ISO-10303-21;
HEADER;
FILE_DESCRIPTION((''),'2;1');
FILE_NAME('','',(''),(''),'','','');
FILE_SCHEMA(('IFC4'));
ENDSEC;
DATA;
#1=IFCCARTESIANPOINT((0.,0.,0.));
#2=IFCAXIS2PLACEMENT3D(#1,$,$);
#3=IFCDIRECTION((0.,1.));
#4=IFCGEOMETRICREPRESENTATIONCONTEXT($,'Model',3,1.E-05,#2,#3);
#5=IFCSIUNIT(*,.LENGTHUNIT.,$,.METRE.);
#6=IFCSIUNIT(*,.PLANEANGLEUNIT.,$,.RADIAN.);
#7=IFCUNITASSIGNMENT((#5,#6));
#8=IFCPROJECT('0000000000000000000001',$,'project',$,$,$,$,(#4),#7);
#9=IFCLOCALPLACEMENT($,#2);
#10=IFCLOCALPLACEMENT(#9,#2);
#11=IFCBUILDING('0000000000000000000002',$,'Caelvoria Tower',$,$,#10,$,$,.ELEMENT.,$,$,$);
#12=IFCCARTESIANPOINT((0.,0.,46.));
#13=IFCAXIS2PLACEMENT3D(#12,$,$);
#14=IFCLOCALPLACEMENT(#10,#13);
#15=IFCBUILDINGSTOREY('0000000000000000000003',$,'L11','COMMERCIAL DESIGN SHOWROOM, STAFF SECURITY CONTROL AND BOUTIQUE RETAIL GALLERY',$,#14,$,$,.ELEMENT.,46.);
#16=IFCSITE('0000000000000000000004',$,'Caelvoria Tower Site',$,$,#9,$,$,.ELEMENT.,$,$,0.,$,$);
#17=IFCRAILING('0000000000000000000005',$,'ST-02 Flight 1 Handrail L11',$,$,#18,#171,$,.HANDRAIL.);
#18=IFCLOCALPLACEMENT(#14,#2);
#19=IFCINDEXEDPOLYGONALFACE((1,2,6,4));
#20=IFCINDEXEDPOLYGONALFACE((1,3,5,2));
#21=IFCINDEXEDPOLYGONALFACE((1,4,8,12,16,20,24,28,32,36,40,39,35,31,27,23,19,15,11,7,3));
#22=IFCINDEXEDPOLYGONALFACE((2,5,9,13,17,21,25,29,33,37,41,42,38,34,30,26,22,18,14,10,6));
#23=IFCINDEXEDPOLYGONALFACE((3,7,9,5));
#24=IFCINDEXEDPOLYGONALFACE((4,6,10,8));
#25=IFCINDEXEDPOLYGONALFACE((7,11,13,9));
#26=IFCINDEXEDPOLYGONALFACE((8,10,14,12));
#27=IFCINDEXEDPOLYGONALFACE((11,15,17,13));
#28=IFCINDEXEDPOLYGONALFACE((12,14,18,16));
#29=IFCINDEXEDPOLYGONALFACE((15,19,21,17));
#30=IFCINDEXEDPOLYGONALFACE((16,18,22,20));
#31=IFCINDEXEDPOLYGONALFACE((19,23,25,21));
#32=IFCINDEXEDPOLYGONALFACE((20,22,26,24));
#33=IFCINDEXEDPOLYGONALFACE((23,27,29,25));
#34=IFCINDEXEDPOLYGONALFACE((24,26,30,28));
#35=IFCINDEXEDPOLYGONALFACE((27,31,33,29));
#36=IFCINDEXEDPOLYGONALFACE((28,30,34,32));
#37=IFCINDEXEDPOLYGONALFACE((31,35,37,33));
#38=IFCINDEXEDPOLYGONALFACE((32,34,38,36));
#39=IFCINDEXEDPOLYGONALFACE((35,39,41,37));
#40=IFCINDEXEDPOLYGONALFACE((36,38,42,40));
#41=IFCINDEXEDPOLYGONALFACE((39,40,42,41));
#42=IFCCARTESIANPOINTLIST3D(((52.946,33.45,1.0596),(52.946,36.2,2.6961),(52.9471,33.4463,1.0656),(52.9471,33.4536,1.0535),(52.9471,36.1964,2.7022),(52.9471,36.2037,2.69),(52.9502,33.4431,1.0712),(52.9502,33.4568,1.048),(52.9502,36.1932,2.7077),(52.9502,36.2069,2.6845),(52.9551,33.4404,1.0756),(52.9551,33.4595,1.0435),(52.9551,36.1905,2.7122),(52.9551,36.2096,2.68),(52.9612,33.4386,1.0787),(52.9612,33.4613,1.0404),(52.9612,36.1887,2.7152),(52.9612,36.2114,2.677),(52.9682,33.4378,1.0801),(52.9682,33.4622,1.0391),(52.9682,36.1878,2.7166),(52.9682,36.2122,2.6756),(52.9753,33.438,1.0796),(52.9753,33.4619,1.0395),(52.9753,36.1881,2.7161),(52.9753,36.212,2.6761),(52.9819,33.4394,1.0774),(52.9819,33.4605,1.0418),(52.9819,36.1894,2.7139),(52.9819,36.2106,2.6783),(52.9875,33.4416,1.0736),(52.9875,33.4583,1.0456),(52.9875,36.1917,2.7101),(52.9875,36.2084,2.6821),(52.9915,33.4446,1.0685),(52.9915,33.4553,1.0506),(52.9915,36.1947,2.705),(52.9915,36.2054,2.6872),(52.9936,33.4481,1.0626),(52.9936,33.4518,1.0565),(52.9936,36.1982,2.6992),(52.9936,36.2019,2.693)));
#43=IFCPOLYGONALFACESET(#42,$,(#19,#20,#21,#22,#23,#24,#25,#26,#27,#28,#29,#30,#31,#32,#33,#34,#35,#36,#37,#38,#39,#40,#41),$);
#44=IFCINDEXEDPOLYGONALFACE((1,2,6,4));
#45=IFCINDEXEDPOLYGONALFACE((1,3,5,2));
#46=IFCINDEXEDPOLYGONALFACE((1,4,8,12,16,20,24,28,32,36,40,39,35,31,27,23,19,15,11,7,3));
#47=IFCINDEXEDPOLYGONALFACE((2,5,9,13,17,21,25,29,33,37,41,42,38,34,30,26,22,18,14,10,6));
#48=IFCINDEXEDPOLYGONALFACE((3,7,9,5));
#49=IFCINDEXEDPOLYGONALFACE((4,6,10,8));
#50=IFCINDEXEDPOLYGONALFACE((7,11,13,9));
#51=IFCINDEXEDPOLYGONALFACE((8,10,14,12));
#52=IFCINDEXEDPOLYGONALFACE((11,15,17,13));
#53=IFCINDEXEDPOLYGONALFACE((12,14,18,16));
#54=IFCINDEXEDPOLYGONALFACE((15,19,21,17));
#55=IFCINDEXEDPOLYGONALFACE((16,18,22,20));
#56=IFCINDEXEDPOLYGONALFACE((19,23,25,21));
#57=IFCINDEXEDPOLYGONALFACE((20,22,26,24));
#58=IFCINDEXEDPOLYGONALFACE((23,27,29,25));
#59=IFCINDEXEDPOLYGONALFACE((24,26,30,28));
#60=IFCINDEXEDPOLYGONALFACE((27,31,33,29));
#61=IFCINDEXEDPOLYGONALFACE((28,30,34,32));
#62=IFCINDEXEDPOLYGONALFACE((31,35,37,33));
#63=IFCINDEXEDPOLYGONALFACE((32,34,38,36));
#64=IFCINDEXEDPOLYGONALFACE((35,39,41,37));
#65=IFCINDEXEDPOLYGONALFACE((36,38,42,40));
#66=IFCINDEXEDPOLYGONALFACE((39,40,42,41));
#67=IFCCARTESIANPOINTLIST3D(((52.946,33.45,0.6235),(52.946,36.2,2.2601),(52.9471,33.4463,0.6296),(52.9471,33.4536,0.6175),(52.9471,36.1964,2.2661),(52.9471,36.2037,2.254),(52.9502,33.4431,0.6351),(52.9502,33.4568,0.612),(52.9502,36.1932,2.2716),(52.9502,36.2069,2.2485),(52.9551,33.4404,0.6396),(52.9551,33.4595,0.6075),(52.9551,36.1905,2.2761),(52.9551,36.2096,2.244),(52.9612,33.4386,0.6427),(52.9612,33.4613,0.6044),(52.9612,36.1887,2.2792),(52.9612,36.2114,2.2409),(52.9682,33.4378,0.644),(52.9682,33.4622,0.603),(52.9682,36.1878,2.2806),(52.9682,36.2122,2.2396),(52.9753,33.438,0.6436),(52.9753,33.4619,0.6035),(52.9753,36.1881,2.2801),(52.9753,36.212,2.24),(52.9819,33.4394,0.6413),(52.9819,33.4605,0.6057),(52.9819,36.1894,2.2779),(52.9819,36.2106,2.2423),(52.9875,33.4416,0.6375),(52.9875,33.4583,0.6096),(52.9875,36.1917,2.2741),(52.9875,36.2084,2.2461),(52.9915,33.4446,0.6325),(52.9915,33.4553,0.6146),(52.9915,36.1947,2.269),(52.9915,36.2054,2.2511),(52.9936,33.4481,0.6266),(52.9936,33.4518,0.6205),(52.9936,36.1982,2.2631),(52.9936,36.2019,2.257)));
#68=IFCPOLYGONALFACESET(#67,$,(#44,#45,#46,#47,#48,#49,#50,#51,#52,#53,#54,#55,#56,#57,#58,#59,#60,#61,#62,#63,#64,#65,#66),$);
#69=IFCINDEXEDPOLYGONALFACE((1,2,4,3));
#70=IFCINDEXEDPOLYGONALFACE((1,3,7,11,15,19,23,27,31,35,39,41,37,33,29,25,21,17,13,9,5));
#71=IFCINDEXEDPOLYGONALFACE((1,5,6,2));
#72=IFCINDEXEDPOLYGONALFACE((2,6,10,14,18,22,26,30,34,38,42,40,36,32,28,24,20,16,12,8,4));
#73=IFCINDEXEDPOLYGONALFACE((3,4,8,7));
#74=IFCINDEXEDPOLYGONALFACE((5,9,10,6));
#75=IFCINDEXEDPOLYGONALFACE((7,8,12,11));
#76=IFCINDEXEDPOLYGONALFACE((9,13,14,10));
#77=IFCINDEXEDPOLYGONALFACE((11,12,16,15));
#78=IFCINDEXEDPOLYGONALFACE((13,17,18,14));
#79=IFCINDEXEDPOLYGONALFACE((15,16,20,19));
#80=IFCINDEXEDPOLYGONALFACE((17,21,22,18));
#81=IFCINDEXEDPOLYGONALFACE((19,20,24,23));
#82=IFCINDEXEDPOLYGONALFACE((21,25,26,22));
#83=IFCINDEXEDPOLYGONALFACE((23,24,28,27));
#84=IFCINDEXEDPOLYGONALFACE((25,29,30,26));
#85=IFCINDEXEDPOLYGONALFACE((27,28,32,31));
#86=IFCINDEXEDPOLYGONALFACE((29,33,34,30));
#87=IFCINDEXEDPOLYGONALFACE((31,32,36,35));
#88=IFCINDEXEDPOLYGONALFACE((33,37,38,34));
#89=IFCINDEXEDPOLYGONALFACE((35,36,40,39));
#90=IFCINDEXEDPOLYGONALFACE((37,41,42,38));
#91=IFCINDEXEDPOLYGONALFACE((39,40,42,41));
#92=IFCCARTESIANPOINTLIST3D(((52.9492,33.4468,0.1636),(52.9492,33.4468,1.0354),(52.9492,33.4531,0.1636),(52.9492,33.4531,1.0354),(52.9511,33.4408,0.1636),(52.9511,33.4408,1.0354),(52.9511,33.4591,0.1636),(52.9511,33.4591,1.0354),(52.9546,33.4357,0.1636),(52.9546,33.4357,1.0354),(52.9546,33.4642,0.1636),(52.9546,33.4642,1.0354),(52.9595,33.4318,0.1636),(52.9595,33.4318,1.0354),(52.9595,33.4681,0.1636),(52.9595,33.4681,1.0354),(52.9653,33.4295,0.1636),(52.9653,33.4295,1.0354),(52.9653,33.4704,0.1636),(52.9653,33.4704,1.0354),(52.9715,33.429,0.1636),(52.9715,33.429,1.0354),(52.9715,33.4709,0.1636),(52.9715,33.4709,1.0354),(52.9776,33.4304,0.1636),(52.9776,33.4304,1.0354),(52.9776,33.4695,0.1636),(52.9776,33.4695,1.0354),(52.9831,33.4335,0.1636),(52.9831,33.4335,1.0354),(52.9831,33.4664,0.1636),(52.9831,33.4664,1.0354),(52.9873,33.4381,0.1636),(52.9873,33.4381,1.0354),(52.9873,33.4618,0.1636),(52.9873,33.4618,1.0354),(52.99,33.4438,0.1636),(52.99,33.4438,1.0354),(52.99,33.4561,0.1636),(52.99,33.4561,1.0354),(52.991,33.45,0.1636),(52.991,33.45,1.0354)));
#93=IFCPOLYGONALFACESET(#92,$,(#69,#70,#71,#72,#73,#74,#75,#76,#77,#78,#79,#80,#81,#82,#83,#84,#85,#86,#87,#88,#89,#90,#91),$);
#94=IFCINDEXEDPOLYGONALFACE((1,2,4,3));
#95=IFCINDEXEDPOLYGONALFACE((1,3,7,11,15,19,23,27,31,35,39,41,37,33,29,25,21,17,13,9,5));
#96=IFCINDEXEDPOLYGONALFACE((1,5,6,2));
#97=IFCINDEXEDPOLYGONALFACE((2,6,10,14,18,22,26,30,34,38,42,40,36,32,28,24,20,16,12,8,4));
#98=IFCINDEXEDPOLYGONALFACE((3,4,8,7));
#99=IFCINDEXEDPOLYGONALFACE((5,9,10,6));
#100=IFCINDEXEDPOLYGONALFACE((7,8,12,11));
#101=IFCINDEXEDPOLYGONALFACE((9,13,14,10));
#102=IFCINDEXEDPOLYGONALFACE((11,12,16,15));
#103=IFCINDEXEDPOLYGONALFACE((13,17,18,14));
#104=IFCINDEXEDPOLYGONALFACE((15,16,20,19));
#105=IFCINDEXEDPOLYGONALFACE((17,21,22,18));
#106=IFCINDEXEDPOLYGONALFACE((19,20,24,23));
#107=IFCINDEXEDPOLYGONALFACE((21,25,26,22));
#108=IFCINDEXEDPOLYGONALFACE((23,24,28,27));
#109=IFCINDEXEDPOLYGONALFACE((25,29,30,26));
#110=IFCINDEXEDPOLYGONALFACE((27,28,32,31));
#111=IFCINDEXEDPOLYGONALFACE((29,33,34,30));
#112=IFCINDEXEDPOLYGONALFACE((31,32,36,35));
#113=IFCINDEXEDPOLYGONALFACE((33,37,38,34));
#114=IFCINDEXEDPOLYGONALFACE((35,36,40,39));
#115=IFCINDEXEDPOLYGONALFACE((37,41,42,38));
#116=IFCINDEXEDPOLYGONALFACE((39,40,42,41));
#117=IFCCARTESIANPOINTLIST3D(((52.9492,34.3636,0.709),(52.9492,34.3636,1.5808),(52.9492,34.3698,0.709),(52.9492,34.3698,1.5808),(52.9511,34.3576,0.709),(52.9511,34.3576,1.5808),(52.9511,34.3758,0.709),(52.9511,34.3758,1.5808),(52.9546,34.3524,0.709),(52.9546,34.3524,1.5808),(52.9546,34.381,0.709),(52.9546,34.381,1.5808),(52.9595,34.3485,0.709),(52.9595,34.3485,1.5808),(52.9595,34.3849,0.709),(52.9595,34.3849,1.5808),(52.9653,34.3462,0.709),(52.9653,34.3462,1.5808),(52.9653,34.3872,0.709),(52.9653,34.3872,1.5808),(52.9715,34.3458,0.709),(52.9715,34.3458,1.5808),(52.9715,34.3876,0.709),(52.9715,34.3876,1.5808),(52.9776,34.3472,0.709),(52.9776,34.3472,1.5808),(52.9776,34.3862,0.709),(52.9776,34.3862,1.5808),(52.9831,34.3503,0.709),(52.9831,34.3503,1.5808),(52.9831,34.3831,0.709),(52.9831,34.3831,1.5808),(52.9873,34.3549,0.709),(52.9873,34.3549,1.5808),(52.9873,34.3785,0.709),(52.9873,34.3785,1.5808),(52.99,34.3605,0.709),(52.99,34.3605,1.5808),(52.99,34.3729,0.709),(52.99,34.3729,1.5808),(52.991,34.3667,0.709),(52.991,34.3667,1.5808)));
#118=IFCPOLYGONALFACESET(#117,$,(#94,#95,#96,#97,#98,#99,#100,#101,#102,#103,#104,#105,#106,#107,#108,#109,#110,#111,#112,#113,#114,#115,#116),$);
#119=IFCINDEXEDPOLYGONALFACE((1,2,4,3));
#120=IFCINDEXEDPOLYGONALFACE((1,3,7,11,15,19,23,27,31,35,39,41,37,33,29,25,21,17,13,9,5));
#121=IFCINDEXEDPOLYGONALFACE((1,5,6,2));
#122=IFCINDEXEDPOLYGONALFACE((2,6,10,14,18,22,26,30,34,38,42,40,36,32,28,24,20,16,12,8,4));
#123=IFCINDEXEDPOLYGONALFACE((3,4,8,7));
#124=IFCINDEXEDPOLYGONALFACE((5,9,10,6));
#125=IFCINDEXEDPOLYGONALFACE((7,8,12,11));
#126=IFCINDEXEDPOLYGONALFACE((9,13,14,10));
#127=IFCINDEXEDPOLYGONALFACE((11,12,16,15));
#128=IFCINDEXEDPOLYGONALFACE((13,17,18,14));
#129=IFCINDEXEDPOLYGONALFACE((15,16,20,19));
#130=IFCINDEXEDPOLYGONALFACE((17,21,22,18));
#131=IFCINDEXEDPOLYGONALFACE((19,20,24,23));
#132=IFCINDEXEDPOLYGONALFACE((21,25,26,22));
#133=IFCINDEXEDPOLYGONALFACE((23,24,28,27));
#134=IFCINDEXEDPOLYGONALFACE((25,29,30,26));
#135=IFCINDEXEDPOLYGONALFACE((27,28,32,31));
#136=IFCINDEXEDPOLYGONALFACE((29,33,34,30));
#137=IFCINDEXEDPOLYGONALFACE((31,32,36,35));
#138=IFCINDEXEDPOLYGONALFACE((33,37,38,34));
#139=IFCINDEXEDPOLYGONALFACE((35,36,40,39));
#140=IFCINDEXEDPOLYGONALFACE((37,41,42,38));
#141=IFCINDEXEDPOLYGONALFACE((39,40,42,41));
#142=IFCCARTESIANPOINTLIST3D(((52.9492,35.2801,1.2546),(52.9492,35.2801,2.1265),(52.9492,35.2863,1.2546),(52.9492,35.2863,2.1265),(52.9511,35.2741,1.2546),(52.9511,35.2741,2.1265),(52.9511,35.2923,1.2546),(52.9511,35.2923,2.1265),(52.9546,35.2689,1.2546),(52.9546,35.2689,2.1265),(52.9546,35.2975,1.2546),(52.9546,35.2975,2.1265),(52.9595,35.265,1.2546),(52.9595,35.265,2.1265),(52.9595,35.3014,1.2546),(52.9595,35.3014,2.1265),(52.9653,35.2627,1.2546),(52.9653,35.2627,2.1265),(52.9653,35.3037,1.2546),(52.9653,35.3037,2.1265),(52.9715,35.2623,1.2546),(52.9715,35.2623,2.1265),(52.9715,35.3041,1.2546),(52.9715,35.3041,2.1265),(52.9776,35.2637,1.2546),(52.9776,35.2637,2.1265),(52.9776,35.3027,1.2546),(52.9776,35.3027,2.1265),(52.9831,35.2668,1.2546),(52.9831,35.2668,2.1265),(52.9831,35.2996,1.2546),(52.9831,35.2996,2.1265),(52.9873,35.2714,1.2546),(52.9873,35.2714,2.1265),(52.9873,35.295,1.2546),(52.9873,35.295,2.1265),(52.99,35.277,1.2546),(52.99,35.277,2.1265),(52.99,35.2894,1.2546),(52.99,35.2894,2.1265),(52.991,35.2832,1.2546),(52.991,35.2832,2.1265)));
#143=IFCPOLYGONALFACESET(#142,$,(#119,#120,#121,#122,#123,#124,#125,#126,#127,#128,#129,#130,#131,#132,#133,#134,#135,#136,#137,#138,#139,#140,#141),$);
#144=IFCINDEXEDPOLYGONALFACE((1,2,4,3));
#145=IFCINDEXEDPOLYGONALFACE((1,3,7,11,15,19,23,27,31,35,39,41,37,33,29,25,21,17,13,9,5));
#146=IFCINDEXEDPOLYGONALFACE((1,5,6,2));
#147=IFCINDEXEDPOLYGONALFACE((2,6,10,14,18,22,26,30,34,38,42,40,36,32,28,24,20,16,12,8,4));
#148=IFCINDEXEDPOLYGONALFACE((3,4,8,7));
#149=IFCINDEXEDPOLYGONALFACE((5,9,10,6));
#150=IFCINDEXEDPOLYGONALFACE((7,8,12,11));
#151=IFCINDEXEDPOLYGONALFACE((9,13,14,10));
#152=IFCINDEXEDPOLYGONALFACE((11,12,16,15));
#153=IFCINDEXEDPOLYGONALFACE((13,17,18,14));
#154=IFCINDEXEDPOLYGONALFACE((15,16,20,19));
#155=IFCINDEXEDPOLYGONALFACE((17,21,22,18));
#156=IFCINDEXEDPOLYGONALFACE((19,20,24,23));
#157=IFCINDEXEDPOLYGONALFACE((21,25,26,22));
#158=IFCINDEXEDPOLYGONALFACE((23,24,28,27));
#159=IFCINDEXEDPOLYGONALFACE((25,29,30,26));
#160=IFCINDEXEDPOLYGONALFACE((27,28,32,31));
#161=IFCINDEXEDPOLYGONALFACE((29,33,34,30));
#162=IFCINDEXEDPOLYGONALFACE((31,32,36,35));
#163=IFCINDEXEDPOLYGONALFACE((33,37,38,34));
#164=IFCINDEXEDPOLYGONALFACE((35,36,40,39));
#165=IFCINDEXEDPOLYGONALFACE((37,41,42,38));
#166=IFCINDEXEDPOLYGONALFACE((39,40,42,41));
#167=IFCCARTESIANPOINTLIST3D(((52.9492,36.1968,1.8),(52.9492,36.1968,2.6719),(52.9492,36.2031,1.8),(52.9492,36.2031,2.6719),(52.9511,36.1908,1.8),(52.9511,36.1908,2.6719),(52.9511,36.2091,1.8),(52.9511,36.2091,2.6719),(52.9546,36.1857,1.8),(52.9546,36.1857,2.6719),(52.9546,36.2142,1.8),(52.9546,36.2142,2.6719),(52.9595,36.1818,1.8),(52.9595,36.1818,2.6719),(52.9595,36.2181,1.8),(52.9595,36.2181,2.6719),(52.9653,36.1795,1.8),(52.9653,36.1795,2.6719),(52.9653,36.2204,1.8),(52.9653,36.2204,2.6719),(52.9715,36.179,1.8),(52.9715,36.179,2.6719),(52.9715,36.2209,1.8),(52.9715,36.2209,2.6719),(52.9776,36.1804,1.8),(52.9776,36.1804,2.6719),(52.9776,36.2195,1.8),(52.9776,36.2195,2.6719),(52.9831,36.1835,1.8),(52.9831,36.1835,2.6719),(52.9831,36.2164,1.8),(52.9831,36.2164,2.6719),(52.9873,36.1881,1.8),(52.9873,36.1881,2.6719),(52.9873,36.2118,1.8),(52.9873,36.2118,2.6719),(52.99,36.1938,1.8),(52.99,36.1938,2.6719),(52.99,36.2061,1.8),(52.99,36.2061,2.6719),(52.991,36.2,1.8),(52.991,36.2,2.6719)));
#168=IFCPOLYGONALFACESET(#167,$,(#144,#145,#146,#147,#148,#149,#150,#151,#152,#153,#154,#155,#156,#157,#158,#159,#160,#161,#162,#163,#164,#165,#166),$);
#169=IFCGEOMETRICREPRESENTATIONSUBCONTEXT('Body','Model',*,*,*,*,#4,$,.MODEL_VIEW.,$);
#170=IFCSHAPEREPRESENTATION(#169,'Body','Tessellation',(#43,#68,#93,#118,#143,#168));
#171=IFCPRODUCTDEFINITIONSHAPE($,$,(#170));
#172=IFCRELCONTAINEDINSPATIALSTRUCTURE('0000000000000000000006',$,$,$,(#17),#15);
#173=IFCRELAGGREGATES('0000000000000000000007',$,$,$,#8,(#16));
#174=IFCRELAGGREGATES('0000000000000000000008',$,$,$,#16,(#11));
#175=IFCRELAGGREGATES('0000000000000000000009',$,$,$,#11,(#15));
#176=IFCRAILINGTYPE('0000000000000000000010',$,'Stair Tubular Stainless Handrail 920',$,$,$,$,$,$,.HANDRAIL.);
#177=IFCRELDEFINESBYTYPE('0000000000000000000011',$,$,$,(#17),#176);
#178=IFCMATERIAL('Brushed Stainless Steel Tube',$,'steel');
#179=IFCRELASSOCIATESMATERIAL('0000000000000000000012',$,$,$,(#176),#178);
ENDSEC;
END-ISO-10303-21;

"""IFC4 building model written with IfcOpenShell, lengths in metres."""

from ifc_helpers import new_model, si_unit, direction, frame, origin, origin_2d, place, context, subcontext, project, spatial, circle, extrude, material, type_object, element, save


model = new_model("IFC4")

# Units and contexts
model_context = context("Model", 3, precision=1e-05, world=origin(), true_north=direction((0.0, 1.0)))
body_context = subcontext(model_context, "Body", "Model", "MODEL_VIEW")
ifc_project = project(units=[si_unit("LENGTHUNIT", "METRE"), si_unit("PLANEANGLEUNIT", "RADIAN")], contexts=[model_context])

# Site, building, storey
site_placement = place(None, origin())
site = spatial("IfcSite", under=ifc_project, at=site_placement, Name="Caelvoria Tower Site", CompositionType="ELEMENT", RefElevation=0.0)
building_placement = place(site_placement, origin())
building = spatial("IfcBuilding", under=site, at=building_placement, Name="Caelvoria Tower", CompositionType="ELEMENT")
storey_placement = place(building_placement, frame((0.0, 0.0, 46.0)))
storey = spatial("IfcBuildingStorey", under=building, at=storey_placement, Name="L11", Description="COMMERCIAL DESIGN SHOWROOM, STAFF SECURITY CONTROL AND BOUTIQUE RETAIL GALLERY", CompositionType="ELEMENT", Elevation=46.0)

# Railing
ifc_material_1 = material(Name="Brushed Stainless Steel Tube", Category="steel")
railing_type_1 = type_object("IfcRailingType", Name="Stair Tubular Stainless Handrail 920", PredefinedType="HANDRAIL", material=ifc_material_1)
railing_1_placement = place(storey_placement, frame((52.97, 33.45, 0.1636)))
element("IfcRailing", 1, at=railing_1_placement, inside=storey, type_object=railing_type_1, Name="ST-02 Flight 1 Handrail L11", PredefinedType="HANDRAIL", context=body_context, shape_type="SweptSolid", body=[
    extrude(circle(Radius=0.0239, at=origin_2d()), frame((0.0, 0.0, 0.896), z_axis=(0.0, 0.859352, 0.511385), x_axis=(-1.0, 0.0, 0.0)), (0.0, 0.0, 1.0), 3.2002),
    extrude(circle(Radius=0.0239, at=origin_2d()), frame((0.0, 0.0, 0.46), z_axis=(0.0, 0.859352, 0.511385), x_axis=(-1.0, 0.0, 0.0)), (0.0, 0.0, 1.0), 3.2002),
    extrude(circle(Radius=0.021, at=origin_2d()), origin(), (0.0, 0.0, 1.0), 0.8718),
    extrude(circle(Radius=0.021, at=origin_2d()), frame((0.0, 0.9167, 0.5454)), (0.0, 0.0, 1.0), 0.8718),
    extrude(circle(Radius=0.021, at=origin_2d()), frame((0.0, 1.8333, 1.0911)), (0.0, 0.0, 1.0), 0.8718),
    extrude(circle(Radius=0.021, at=origin_2d()), frame((0.0, 2.75, 1.6365)), (0.0, 0.0, 1.0), 0.8718),
])

save(model, "model.ifc")
